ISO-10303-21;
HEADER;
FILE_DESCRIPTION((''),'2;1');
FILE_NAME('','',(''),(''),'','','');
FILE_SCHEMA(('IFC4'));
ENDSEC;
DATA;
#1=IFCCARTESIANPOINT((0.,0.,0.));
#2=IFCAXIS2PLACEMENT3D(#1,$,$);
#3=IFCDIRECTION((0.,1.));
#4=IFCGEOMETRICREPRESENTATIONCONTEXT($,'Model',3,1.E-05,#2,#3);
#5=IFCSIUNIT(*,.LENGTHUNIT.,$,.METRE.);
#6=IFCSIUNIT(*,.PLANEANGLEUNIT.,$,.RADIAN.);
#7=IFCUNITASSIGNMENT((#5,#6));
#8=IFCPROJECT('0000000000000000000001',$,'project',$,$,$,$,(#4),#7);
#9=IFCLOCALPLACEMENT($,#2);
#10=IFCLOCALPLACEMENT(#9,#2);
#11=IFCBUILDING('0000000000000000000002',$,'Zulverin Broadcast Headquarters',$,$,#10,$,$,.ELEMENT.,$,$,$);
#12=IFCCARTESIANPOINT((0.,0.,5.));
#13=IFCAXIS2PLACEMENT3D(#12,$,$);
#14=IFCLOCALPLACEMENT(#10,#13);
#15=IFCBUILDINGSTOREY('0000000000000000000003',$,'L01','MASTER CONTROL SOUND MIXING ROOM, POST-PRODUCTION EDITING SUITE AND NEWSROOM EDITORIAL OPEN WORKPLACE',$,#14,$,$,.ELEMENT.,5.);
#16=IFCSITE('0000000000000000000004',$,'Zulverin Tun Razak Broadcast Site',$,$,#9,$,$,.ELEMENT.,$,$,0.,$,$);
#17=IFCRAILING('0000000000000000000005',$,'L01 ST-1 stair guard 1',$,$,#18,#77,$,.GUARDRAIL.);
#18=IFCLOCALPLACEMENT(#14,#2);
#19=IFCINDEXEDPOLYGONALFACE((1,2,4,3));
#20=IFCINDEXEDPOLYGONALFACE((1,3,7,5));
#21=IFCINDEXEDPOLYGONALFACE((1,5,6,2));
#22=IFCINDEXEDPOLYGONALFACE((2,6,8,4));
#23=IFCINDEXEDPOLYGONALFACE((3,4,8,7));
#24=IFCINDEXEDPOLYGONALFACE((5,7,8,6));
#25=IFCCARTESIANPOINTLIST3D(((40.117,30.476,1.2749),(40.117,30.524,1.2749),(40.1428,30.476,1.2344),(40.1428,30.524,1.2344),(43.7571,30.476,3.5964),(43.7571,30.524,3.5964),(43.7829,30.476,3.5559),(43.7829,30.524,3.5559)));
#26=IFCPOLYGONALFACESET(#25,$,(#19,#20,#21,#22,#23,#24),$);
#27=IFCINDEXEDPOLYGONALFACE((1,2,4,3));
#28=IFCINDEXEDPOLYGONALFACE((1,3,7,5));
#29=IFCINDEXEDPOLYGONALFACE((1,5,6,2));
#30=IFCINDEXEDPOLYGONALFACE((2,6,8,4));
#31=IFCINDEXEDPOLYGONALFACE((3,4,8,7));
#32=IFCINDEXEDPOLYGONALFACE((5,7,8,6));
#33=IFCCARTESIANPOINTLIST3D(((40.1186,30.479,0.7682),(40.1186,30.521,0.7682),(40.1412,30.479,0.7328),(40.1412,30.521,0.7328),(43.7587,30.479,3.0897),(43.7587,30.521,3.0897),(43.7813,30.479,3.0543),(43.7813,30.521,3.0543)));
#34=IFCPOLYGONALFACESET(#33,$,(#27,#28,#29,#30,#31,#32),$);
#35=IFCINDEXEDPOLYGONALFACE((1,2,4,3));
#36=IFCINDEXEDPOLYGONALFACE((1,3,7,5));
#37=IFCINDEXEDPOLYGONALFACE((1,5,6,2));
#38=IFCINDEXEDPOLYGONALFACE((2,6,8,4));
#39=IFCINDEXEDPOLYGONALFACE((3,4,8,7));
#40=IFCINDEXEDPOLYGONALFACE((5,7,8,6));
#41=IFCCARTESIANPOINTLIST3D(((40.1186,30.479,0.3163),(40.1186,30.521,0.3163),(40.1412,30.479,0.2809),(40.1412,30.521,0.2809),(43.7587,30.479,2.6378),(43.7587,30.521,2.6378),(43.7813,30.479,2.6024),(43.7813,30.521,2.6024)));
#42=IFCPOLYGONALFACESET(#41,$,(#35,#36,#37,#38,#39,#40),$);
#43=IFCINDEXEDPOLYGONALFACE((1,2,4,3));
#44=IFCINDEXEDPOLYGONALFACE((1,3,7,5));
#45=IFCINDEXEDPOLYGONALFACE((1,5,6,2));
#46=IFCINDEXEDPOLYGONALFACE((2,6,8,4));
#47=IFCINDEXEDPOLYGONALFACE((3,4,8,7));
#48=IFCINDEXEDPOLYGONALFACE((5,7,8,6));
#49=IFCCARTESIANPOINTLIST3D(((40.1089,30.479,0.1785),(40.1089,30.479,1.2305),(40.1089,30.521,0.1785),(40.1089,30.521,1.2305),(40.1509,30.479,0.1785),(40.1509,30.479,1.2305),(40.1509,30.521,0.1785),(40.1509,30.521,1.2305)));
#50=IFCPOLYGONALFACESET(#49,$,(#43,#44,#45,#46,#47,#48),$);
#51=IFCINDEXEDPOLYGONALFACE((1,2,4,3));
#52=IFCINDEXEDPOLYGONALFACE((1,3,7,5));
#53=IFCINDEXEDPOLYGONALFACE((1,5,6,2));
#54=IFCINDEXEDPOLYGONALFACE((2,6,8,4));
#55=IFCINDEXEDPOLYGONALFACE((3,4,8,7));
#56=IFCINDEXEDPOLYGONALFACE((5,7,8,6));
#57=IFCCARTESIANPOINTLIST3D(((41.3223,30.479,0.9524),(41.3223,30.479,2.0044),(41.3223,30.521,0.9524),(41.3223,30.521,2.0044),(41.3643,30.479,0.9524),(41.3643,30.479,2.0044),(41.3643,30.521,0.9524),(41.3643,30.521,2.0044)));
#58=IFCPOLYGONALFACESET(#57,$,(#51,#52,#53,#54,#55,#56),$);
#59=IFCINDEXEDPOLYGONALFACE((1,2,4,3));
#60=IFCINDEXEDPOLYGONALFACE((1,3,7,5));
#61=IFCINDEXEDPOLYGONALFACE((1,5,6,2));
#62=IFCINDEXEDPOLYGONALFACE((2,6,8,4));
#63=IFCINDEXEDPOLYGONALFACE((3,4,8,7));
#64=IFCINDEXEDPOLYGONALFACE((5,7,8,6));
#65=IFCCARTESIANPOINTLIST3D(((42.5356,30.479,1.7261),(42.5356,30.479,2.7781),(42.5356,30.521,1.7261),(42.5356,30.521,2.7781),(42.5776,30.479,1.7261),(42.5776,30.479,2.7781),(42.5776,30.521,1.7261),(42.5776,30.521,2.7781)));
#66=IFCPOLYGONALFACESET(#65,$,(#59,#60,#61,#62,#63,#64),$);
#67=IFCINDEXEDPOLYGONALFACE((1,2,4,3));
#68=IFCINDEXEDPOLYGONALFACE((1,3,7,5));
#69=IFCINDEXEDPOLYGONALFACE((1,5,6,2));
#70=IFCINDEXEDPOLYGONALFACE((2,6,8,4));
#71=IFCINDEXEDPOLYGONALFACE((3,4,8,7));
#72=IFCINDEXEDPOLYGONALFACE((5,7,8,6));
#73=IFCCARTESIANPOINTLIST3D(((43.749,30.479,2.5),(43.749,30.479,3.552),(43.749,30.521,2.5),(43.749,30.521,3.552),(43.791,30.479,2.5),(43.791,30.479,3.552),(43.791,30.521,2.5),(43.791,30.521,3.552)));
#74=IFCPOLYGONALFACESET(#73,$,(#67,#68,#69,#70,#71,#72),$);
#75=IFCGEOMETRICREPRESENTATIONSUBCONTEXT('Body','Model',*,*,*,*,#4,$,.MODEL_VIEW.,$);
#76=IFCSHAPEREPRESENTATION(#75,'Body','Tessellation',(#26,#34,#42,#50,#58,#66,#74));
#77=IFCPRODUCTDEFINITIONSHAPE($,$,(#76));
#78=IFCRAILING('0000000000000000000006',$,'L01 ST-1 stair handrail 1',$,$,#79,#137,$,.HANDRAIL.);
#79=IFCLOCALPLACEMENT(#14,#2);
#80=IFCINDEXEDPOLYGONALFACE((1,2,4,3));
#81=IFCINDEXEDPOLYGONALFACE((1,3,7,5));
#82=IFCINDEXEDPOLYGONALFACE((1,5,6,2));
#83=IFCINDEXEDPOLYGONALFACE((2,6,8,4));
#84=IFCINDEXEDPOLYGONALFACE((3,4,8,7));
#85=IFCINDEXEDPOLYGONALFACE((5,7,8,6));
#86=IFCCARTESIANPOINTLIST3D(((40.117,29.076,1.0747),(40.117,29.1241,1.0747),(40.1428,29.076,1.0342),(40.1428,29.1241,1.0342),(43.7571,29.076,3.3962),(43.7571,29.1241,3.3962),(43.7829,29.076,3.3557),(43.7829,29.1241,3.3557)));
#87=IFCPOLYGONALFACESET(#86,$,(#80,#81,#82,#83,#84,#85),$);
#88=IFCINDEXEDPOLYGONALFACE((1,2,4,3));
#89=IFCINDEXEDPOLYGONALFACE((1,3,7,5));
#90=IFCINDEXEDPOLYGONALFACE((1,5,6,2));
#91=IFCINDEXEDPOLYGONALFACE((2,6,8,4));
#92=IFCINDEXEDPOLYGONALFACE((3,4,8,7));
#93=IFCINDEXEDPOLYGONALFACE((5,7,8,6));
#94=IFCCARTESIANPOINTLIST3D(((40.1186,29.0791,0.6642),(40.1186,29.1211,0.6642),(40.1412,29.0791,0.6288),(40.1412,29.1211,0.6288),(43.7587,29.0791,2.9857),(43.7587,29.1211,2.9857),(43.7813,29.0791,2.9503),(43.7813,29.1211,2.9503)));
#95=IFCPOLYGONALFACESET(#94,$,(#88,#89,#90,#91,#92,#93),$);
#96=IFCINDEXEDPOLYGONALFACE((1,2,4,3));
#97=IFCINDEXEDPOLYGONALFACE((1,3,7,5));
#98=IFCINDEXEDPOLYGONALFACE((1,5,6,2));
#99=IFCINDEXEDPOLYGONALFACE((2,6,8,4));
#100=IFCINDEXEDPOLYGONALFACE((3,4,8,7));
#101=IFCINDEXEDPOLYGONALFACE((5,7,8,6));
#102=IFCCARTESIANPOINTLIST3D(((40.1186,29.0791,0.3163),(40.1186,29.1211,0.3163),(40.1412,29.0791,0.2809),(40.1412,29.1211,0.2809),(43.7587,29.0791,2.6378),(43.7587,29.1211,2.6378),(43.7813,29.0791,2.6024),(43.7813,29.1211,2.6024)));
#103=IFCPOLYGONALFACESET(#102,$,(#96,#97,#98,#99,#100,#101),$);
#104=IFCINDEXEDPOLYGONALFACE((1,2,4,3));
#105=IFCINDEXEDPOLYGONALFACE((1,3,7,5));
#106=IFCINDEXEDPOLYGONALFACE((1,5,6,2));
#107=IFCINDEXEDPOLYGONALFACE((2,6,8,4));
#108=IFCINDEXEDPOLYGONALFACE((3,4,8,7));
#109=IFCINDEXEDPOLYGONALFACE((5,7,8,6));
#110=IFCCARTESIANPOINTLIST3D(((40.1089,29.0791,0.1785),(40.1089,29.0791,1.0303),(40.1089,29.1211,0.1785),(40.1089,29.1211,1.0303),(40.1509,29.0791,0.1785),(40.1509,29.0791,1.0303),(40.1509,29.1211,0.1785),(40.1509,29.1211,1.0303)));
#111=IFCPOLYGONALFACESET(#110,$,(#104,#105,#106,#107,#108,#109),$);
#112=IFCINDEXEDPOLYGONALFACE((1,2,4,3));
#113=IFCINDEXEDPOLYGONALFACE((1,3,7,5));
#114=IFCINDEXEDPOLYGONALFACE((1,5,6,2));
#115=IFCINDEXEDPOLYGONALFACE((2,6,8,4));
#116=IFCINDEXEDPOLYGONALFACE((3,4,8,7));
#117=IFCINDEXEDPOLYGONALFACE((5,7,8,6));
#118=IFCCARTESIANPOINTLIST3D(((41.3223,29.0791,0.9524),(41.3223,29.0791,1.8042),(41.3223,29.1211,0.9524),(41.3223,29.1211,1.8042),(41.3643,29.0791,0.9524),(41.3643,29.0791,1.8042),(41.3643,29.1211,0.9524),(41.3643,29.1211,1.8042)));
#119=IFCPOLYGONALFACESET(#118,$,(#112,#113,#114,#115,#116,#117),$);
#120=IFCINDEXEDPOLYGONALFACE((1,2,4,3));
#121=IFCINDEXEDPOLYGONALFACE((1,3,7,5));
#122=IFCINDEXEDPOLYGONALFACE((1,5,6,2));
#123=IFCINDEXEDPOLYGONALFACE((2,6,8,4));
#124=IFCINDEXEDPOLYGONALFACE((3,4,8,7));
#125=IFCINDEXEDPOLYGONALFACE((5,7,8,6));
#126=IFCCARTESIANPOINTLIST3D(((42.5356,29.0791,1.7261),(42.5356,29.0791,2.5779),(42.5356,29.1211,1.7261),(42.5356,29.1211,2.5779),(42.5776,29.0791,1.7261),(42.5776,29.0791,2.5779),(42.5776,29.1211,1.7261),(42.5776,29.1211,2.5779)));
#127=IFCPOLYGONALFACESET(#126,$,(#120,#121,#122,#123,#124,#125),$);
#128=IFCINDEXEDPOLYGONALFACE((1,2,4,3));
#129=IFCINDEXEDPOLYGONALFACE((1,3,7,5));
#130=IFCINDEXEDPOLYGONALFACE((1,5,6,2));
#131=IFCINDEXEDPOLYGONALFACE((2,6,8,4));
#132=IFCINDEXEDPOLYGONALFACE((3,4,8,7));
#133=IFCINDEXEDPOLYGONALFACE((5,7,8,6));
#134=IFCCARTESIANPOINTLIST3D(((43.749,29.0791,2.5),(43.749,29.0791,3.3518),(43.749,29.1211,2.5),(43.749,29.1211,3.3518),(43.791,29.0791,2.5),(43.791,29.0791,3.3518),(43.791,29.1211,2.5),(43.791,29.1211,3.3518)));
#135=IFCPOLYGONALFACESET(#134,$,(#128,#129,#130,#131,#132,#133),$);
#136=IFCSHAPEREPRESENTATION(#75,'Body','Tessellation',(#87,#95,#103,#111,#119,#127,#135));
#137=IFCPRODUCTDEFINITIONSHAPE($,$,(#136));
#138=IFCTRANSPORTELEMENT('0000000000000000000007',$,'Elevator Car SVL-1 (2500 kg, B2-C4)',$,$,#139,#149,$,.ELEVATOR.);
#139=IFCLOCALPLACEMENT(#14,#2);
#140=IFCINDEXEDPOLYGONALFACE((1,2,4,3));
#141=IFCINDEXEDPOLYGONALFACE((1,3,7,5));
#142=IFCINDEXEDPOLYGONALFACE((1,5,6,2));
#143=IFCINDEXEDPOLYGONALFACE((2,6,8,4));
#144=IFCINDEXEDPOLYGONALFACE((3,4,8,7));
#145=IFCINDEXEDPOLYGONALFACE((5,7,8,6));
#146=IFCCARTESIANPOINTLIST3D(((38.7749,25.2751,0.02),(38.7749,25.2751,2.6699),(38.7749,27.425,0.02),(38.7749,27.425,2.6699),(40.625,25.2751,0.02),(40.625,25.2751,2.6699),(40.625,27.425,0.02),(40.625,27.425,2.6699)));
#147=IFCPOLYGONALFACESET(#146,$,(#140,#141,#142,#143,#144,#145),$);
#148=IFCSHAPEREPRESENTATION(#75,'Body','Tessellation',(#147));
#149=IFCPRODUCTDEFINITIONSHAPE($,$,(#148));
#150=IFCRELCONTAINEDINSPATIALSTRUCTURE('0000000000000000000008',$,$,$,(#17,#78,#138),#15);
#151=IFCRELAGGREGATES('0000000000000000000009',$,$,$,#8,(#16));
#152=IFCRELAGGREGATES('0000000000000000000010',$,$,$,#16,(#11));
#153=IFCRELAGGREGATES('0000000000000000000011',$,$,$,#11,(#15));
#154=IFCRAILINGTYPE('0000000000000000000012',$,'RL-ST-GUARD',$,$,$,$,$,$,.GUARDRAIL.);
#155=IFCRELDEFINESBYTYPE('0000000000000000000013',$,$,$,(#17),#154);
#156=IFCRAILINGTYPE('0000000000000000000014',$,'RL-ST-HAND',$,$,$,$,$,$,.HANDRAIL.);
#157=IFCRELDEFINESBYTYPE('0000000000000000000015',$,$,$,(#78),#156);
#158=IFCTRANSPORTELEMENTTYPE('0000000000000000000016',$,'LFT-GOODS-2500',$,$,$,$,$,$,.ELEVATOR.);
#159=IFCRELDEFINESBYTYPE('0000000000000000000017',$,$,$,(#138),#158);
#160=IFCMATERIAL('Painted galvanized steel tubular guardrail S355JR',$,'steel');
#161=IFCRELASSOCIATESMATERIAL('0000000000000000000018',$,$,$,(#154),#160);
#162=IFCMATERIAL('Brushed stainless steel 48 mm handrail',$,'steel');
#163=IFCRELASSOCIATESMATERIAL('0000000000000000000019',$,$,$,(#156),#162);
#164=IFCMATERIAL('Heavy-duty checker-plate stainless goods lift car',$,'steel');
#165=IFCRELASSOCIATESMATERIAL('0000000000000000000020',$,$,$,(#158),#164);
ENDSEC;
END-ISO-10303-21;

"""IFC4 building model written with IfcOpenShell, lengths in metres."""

from ifc_helpers import new_model, si_unit, direction, frame, origin, origin_2d, place, context, subcontext, project, spatial, rectangle, extrude, material, type_object, element, save


model = new_model("IFC4")

# Units and contexts
model_context = context("Model", 3, precision=1e-05, world=origin(), true_north=direction((0.0, 1.0)))
body_context = subcontext(model_context, "Body", "Model", "MODEL_VIEW")
ifc_project = project(units=[si_unit("LENGTHUNIT", "METRE"), si_unit("PLANEANGLEUNIT", "RADIAN")], contexts=[model_context])

# Site, building, storey
site_placement = place(None, origin())
site = spatial("IfcSite", under=ifc_project, at=site_placement, Name="Zulverin Tun Razak Broadcast Site", CompositionType="ELEMENT", RefElevation=0.0)
building_placement = place(site_placement, origin())
building = spatial("IfcBuilding", under=site, at=building_placement, Name="Zulverin Broadcast Headquarters", CompositionType="ELEMENT")
storey_placement = place(building_placement, frame((0.0, 0.0, 5.0)))
storey = spatial("IfcBuildingStorey", under=building, at=storey_placement, Name="L01", Description="MASTER CONTROL SOUND MIXING ROOM, POST-PRODUCTION EDITING SUITE AND NEWSROOM EDITORIAL OPEN WORKPLACE", CompositionType="ELEMENT", Elevation=5.0)

# Railings
ifc_material_1 = material(Name="Painted galvanized steel tubular guardrail S355JR", Category="steel")
railing_type_1 = type_object("IfcRailingType", Name="RL-ST-GUARD", PredefinedType="GUARDRAIL", material=ifc_material_1)
railing_1_placement = place(storey_placement, frame((40.1299, 30.5, 0.1785)))
element("IfcRailing", 1, at=railing_1_placement, inside=storey, type_object=railing_type_1, Name="L01 ST-1 stair guard 1", PredefinedType="GUARDRAIL", context=body_context, shape_type="SweptSolid", body=[
    extrude(rectangle(XDim=0.0481, YDim=0.0481, at=origin_2d()), frame((0.0, 0.0, 1.0762), z_axis=(0.843128, 0.0, 0.537713), x_axis=(0.0, 1.0, 0.0)), (0.0, 0.0, 1.0), 4.3174),
    extrude(rectangle(XDim=0.042, YDim=0.042, at=origin_2d()), frame((0.0, 0.0, 0.572), z_axis=(0.843128, 0.0, 0.537713), x_axis=(0.0, 1.0, 0.0)), (0.0, 0.0, 1.0), 4.3174),
    extrude(rectangle(XDim=0.042, YDim=0.042, at=origin_2d()), frame((0.0, 0.0, 0.1201), z_axis=(0.843128, 0.0, 0.537713), x_axis=(0.0, 1.0, 0.0)), (0.0, 0.0, 1.0), 4.3174),
    extrude(rectangle(XDim=0.042, YDim=0.042, at=origin_2d()), origin(), (0.0, 0.0, 1.0), 1.052),
    extrude(rectangle(XDim=0.042, YDim=0.042, at=origin_2d()), frame((1.2134, 0.0, 0.7739)), (0.0, 0.0, 1.0), 1.052),
    extrude(rectangle(XDim=0.042, YDim=0.042, at=origin_2d()), frame((2.4268, 0.0, 1.5476)), (0.0, 0.0, 1.0), 1.052),
    extrude(rectangle(XDim=0.042, YDim=0.042, at=origin_2d()), frame((3.6401, 0.0, 2.3215)), (0.0, 0.0, 1.0), 1.052),
])
ifc_material_2 = material(Name="Brushed stainless steel 48 mm handrail", Category="steel")
railing_type_2 = type_object("IfcRailingType", Name="RL-ST-HAND", PredefinedType="HANDRAIL", material=ifc_material_2)
railing_2_placement = place(storey_placement, frame((40.1299, 29.1001, 0.1785)))
element("IfcRailing", 2, at=railing_2_placement, inside=storey, type_object=railing_type_2, Name="L01 ST-1 stair handrail 1", PredefinedType="HANDRAIL", context=body_context, shape_type="SweptSolid", body=[
    extrude(rectangle(XDim=0.0481, YDim=0.0481, at=origin_2d()), frame((0.0, 0.0, 0.876), z_axis=(0.843128, 0.0, 0.537713), x_axis=(0.0, 1.0, 0.0)), (0.0, 0.0, 1.0), 4.3174),
    extrude(rectangle(XDim=0.042, YDim=0.042, at=origin_2d()), frame((0.0, 0.0, 0.468), z_axis=(0.843128, 0.0, 0.537713), x_axis=(0.0, 1.0, 0.0)), (0.0, 0.0, 1.0), 4.3174),
    extrude(rectangle(XDim=0.042, YDim=0.042, at=origin_2d()), frame((0.0, 0.0, 0.1201), z_axis=(0.843128, 0.0, 0.537713), x_axis=(0.0, 1.0, 0.0)), (0.0, 0.0, 1.0), 4.3174),
    extrude(rectangle(XDim=0.042, YDim=0.042, at=origin_2d()), origin(), (0.0, 0.0, 1.0), 0.8518),
    extrude(rectangle(XDim=0.042, YDim=0.042, at=origin_2d()), frame((1.2134, 0.0, 0.7739)), (0.0, 0.0, 1.0), 0.8518),
    extrude(rectangle(XDim=0.042, YDim=0.042, at=origin_2d()), frame((2.4268, 0.0, 1.5476)), (0.0, 0.0, 1.0), 0.8518),
    extrude(rectangle(XDim=0.042, YDim=0.042, at=origin_2d()), frame((3.6401, 0.0, 2.3215)), (0.0, 0.0, 1.0), 0.8518),
])

# Transport element
ifc_material_3 = material(Name="Heavy-duty checker-plate stainless goods lift car", Category="steel")
transport_element_type = type_object("IfcTransportElementType", Name="LFT-GOODS-2500", PredefinedType="ELEVATOR", material=ifc_material_3)
transport_element_placement = place(storey_placement, frame((39.7, 26.3501, 0.02), z_axis=(0.0, 0.0, 1.0), x_axis=(1.0, 0.0, 0.0)))
element("IfcTransportElement", 3, at=transport_element_placement, inside=storey, type_object=transport_element_type, Name="Elevator Car SVL-1 (2500 kg, B2-C4)", PredefinedType="ELEVATOR", context=body_context, shape_type="SweptSolid", body=[
    extrude(rectangle(XDim=1.8501, YDim=2.1499, at=origin_2d()), origin(), (0.0, 0.0, 1.0), 2.6499),
])

save(model, "model.ifc")
